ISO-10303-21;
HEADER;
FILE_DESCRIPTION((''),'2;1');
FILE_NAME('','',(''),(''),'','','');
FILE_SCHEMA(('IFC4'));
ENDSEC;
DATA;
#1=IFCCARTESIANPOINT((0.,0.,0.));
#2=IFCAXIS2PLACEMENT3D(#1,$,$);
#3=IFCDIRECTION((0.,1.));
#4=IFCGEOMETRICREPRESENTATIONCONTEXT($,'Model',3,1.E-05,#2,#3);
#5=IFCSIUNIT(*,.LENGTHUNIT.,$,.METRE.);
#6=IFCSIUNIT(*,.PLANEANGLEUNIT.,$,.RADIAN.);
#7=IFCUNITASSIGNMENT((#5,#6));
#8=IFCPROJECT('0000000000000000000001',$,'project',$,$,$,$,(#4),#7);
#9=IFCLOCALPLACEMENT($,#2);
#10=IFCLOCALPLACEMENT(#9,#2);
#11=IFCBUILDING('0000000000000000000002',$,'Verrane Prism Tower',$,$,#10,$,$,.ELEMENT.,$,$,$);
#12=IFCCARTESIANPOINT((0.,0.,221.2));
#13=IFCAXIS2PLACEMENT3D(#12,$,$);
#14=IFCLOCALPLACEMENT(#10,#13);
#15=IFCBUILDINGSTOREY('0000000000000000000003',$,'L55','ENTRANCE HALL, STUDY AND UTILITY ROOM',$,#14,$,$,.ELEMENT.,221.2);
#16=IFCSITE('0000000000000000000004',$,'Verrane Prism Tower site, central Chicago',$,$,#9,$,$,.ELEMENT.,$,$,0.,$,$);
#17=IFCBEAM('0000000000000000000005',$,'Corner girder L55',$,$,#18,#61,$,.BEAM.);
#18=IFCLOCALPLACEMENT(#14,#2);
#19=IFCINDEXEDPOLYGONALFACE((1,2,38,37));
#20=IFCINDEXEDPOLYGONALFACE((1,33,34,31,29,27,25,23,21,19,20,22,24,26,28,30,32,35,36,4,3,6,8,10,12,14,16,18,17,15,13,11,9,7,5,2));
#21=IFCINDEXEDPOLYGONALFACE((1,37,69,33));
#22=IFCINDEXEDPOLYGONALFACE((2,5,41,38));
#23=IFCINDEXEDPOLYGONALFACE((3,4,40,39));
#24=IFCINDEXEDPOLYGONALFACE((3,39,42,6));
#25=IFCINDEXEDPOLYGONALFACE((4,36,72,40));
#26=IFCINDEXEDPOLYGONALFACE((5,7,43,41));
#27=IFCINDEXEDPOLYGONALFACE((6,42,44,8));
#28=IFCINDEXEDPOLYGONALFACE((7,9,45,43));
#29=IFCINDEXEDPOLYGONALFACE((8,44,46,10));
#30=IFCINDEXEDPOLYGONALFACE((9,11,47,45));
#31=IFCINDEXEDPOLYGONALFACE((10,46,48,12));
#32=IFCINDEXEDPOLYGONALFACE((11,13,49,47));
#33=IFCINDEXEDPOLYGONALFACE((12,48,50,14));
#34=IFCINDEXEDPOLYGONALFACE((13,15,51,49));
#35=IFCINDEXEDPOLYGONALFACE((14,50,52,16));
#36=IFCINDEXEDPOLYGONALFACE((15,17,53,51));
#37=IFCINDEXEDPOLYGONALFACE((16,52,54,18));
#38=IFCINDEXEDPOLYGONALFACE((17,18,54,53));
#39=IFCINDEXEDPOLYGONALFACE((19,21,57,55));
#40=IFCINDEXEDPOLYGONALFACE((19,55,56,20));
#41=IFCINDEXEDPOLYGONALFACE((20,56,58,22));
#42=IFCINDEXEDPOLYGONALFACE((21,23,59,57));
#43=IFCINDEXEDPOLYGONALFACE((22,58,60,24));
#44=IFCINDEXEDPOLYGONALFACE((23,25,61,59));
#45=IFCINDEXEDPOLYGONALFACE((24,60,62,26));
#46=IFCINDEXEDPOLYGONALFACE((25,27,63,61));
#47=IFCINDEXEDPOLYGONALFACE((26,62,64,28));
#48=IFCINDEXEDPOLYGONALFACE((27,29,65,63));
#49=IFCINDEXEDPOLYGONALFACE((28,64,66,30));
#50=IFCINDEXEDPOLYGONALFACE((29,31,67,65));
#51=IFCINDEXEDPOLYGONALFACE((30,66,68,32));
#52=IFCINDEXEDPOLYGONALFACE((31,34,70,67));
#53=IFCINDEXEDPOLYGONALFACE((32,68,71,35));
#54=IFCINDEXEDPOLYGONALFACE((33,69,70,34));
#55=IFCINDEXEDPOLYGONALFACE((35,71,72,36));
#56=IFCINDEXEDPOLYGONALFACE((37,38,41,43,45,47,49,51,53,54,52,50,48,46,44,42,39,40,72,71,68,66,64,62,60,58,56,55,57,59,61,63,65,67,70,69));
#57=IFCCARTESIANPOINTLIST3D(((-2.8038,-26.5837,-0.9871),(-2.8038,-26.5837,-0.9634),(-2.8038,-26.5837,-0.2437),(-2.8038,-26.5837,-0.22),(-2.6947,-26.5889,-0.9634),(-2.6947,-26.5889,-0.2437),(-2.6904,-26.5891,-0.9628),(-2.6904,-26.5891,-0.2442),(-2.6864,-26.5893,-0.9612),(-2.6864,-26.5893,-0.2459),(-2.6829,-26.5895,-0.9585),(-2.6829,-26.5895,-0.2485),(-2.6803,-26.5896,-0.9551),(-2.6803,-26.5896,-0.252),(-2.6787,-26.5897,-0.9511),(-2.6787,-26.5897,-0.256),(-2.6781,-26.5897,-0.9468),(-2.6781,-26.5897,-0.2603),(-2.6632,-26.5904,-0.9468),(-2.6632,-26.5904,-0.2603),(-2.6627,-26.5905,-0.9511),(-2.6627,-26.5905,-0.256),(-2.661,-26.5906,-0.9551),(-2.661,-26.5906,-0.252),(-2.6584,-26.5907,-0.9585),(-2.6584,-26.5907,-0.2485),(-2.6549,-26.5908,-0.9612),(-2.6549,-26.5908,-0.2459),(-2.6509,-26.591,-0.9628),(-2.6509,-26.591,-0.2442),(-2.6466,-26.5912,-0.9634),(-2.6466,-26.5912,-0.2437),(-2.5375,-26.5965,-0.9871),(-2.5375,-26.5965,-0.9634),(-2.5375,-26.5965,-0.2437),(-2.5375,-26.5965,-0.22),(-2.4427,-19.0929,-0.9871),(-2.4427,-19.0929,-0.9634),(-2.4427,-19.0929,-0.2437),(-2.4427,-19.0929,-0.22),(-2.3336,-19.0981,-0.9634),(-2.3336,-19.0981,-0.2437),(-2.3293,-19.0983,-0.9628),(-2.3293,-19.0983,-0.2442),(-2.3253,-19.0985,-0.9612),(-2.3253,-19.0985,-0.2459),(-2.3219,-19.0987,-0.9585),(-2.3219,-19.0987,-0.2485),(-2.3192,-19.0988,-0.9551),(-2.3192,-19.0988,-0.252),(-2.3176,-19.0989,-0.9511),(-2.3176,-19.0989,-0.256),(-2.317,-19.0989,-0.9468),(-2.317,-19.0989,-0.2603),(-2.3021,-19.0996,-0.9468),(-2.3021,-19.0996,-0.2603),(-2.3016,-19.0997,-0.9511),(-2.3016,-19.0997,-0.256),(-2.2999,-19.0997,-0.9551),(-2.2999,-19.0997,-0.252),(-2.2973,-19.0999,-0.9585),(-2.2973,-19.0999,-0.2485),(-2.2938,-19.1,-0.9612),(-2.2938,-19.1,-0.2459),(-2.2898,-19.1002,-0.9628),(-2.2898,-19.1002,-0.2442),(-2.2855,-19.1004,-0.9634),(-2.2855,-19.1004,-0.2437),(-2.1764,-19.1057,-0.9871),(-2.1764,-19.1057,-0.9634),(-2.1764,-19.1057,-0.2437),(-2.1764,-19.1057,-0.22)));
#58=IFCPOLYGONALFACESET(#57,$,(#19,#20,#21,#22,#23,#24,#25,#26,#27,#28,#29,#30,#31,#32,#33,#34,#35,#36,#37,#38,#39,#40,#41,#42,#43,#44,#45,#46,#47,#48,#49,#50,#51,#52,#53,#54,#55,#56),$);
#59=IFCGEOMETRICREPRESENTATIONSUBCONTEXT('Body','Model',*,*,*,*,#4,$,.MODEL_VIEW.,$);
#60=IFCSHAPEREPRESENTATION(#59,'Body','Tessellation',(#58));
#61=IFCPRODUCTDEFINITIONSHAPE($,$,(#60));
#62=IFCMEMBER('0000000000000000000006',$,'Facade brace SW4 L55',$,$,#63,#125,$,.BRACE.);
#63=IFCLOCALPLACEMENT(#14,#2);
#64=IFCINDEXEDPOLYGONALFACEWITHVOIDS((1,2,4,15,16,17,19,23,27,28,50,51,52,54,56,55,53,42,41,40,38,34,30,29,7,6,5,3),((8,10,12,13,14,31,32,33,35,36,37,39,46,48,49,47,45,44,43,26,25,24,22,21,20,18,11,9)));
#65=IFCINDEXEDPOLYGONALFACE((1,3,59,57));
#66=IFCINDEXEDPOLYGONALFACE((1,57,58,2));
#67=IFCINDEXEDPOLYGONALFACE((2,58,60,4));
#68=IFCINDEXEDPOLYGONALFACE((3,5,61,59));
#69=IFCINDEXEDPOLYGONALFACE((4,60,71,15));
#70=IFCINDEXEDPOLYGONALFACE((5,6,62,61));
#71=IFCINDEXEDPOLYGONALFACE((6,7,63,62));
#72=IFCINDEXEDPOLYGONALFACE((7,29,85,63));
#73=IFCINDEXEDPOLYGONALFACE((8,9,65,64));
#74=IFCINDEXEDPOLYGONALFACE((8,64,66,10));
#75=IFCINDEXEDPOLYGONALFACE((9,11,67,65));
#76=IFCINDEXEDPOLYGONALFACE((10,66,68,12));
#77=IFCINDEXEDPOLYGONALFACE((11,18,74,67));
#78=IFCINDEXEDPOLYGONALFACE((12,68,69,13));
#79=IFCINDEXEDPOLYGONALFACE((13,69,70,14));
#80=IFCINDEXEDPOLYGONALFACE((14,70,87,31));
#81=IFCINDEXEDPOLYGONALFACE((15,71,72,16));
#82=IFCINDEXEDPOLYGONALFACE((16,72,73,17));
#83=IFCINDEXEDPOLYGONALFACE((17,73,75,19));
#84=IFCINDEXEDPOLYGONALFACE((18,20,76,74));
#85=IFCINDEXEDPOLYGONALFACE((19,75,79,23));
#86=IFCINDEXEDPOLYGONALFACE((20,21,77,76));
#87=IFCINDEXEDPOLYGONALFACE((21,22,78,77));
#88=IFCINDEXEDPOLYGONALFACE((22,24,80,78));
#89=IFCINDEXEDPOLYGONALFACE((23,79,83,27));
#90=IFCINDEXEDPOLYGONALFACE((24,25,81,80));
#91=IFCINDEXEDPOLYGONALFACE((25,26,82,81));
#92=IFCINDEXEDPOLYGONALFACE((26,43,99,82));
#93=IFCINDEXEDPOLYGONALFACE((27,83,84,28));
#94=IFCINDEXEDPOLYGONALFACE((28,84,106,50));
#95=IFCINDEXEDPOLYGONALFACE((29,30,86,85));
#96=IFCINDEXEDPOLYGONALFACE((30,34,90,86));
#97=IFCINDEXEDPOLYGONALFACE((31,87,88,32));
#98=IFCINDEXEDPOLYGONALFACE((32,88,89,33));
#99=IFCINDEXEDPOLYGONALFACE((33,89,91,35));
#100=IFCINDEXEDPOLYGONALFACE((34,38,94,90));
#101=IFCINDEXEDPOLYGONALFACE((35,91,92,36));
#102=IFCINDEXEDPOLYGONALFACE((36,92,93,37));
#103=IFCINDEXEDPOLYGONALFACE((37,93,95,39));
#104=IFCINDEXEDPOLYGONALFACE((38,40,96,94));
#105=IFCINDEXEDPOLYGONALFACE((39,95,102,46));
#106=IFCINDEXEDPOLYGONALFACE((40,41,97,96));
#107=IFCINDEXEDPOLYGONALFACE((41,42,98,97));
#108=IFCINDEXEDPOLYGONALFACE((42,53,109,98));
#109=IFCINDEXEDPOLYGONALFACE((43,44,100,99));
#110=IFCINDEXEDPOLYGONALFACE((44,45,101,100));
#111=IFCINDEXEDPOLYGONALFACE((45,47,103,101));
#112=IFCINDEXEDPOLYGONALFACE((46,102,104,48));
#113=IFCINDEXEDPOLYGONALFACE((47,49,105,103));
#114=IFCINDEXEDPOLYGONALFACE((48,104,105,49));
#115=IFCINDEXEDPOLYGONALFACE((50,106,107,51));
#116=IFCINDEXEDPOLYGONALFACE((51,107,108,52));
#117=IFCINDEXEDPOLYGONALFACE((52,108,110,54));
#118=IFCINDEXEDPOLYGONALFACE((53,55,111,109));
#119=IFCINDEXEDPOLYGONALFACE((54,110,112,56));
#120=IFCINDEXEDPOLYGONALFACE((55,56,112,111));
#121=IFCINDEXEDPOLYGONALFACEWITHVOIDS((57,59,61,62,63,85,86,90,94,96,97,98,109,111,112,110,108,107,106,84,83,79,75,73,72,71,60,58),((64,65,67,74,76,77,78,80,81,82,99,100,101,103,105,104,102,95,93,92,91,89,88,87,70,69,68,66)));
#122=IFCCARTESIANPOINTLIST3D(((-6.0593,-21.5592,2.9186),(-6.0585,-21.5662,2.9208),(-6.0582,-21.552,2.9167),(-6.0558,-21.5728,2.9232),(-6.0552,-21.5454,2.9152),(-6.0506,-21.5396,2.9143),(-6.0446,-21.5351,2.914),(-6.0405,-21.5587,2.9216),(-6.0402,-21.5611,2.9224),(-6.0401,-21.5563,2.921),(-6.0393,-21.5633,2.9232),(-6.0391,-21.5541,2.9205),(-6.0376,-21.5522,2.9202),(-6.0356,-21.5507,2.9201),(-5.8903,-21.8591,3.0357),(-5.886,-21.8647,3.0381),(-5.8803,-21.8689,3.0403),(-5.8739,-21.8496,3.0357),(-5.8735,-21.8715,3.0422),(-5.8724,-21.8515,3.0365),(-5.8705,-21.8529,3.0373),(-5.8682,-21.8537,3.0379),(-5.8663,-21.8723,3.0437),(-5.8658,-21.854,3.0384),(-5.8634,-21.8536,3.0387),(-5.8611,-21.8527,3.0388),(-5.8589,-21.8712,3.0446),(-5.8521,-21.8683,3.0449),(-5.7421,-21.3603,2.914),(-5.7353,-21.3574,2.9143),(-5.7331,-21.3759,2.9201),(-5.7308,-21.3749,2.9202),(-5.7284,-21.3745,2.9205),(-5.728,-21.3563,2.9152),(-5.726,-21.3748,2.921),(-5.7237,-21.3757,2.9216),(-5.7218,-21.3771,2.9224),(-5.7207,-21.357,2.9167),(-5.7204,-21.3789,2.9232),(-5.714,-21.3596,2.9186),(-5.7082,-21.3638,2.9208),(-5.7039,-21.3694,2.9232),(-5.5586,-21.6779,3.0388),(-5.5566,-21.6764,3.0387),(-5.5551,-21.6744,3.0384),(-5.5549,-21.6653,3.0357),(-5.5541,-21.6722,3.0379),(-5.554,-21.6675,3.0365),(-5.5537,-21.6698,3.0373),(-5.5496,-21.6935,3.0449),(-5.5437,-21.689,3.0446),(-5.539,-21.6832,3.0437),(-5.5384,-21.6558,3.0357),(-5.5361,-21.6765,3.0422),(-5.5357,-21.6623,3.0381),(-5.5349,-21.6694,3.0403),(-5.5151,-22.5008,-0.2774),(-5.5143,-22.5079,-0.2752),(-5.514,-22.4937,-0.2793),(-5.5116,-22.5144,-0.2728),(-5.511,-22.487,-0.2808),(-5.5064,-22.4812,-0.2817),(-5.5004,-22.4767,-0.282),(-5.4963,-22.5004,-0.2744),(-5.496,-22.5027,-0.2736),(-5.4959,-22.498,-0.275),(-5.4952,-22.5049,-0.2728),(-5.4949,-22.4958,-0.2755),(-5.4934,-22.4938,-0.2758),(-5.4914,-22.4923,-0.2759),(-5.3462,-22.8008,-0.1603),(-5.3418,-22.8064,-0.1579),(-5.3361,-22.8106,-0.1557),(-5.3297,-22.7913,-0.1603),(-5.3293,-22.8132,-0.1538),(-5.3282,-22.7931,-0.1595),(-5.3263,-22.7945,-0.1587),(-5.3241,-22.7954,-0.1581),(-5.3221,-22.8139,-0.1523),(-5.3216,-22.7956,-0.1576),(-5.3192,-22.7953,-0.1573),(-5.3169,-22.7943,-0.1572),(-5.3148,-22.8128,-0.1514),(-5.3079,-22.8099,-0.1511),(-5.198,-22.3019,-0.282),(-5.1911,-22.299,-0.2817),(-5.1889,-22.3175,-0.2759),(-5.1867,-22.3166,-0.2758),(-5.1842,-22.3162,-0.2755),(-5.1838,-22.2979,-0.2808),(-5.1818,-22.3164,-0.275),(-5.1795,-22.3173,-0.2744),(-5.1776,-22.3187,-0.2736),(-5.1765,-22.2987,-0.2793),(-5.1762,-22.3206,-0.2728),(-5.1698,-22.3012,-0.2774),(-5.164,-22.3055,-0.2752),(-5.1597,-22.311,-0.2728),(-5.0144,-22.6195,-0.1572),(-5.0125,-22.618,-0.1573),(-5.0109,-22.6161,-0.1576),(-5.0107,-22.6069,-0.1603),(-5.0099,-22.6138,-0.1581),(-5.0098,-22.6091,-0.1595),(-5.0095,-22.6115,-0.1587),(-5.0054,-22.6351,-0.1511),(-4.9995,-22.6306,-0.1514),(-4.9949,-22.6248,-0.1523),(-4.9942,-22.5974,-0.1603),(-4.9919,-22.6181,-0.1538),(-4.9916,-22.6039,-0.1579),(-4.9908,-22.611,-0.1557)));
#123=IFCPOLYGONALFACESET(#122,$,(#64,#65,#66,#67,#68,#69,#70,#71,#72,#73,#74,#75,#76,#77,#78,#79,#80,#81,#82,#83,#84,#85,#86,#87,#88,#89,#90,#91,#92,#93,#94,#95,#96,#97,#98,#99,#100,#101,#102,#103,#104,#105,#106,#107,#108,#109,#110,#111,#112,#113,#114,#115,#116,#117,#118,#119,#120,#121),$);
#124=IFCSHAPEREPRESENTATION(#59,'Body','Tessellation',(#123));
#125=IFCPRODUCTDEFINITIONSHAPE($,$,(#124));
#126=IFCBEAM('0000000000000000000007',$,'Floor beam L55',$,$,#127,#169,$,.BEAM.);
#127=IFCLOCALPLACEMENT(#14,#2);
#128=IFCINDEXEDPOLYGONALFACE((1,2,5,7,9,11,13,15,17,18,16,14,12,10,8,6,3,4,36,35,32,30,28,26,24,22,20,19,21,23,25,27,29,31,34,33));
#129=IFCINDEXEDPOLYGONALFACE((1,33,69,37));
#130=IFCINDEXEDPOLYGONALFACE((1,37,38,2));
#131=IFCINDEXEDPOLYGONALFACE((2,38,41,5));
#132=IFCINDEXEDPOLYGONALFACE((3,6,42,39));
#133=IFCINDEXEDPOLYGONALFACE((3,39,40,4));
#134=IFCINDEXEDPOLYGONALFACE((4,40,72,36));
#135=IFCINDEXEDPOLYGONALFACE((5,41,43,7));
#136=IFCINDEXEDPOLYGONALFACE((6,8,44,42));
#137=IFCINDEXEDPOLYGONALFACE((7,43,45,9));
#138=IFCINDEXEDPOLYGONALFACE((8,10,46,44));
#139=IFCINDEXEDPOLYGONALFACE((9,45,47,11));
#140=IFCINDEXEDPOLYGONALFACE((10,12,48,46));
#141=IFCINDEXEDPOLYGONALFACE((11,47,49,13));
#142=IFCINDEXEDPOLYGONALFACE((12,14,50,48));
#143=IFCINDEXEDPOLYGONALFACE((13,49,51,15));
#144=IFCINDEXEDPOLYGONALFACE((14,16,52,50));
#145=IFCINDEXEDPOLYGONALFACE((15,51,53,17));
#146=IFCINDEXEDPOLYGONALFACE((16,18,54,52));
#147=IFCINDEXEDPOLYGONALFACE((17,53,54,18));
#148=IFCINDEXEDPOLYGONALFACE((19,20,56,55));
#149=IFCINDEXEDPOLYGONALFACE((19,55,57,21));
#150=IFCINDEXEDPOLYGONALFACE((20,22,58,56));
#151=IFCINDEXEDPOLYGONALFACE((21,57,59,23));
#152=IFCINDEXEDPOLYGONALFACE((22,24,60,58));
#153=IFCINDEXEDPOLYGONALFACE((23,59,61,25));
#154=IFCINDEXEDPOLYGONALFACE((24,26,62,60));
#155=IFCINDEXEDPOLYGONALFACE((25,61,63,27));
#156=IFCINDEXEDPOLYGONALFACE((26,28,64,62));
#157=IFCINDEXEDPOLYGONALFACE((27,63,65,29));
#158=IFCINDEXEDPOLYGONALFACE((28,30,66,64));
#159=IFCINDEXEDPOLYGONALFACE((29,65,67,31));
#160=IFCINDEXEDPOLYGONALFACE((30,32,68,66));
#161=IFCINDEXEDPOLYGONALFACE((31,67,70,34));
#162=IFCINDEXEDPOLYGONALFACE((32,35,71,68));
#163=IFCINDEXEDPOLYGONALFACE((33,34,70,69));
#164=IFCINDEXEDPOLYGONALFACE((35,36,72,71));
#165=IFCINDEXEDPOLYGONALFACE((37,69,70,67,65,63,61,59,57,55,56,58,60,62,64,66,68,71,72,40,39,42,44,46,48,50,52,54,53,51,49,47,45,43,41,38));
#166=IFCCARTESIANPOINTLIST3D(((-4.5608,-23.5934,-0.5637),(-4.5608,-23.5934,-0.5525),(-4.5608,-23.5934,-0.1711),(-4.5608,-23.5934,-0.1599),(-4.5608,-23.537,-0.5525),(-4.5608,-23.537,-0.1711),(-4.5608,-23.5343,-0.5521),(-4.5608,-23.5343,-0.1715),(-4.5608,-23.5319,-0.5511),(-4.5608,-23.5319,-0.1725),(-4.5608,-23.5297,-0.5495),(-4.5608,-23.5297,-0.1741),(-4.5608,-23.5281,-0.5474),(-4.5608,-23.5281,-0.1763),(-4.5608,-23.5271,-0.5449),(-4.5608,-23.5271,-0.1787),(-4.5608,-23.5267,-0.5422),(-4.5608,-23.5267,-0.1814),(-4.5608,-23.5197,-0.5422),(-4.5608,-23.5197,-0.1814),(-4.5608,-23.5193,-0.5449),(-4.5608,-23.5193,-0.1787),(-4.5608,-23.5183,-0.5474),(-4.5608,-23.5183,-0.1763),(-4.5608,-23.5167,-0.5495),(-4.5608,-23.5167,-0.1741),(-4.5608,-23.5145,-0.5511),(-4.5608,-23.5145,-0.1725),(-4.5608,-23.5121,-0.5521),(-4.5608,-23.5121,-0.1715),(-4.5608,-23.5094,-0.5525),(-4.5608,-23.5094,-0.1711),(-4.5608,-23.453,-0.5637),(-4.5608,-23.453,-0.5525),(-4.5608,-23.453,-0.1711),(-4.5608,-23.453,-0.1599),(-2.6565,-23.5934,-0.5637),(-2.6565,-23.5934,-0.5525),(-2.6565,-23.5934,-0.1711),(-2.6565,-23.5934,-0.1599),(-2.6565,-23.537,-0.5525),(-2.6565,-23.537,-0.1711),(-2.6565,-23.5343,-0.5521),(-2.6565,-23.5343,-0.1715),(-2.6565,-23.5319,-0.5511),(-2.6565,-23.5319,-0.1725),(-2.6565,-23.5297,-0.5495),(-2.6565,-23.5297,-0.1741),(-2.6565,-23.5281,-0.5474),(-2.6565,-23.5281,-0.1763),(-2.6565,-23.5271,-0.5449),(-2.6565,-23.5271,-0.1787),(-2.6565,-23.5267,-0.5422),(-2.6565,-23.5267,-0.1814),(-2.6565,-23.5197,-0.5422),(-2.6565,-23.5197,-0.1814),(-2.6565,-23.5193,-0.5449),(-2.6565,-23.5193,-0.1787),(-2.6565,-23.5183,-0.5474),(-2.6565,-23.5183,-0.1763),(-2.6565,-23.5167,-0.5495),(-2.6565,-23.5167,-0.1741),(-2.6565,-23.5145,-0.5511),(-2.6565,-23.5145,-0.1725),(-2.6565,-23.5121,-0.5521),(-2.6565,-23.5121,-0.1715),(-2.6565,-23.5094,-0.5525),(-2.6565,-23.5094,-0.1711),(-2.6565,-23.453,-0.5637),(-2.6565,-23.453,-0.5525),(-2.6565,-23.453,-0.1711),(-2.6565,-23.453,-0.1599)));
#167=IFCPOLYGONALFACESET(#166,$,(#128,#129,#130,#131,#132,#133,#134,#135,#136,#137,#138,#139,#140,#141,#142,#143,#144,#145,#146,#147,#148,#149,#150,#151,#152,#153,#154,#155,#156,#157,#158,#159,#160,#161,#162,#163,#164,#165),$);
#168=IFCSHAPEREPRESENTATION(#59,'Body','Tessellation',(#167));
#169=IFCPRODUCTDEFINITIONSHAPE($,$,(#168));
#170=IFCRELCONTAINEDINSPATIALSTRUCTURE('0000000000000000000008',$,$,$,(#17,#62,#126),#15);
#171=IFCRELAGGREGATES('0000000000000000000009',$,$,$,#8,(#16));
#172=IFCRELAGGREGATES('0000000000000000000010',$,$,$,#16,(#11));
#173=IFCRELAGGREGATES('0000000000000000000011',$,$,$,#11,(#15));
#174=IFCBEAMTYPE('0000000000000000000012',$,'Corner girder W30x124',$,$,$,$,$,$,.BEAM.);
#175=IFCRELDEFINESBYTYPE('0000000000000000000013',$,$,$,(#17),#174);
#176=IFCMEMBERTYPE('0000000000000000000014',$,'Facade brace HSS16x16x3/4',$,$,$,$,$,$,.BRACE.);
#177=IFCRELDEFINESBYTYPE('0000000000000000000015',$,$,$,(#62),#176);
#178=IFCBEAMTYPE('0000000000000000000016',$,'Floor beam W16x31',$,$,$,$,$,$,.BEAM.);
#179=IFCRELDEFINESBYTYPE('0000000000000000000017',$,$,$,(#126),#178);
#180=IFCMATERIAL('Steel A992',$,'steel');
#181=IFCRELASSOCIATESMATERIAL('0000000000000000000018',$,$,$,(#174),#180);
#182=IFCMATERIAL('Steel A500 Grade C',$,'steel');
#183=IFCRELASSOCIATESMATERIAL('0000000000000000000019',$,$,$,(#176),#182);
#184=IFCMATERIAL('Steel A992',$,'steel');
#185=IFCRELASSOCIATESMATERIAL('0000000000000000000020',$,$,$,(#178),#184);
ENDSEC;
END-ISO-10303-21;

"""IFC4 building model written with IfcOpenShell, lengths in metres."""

from ifc_helpers import new_model, si_unit, direction, frame, origin, origin_2d, place, context, subcontext, project, spatial, hollow_rectangle, i_section, extrude, material, material_profile, profile_set, type_object, element, save


model = new_model("IFC4")

# Units and contexts
model_context = context("Model", 3, precision=1e-05, world=origin(), true_north=direction((0.0, 1.0)))
body_context = subcontext(model_context, "Body", "Model", "MODEL_VIEW")
ifc_project = project(units=[si_unit("LENGTHUNIT", "METRE"), si_unit("PLANEANGLEUNIT", "RADIAN")], contexts=[model_context])

# Site, building, storey
site_placement = place(None, origin())
site = spatial("IfcSite", under=ifc_project, at=site_placement, Name="Verrane Prism Tower site, central Chicago", CompositionType="ELEMENT", RefElevation=0.0)
building_placement = place(site_placement, origin())
building = spatial("IfcBuilding", under=site, at=building_placement, Name="Verrane Prism Tower", CompositionType="ELEMENT")
storey_placement = place(building_placement, frame((0.0, 0.0, 221.2)))
storey = spatial("IfcBuildingStorey", under=building, at=storey_placement, Name="L55", Description="ENTRANCE HALL, STUDY AND UTILITY ROOM", CompositionType="ELEMENT", Elevation=221.2)

# Beam
ifc_material_1 = material(Name="Steel A992", Category="steel")
ifc_material_profile_1 = material_profile(ifc_material_1, i_section(OverallWidth=0.2666, OverallDepth=0.7671, WebThickness=0.0149, FlangeThickness=0.0237, FilletRadius=0.0166, at=origin_2d()), Name="W30x124")
ifc_profile_set_1 = profile_set([ifc_material_profile_1], Name="Steel A992")
beam_type_1 = type_object("IfcBeamType", Name="Corner girder W30x124", PredefinedType="BEAM", material=ifc_profile_set_1)
beam_1_placement = place(storey_placement, frame((-2.6707, -26.5901, -0.6035), z_axis=(0.048148, 0.99884, 0.0), x_axis=(-0.99884, 0.048148, 0.0)))
element("IfcBeam", 1, at=beam_1_placement, inside=storey, type_object=beam_type_1, Name="Corner girder L55", PredefinedType="BEAM", context=body_context, shape_type="SweptSolid", body=[
    extrude(i_section(OverallWidth=0.2666, OverallDepth=0.7671, WebThickness=0.0149, FlangeThickness=0.0237, FilletRadius=0.0166, at=origin_2d()), origin(), (0.0, 0.0, 1.0), 7.4995),
])

# Member
ifc_material_2 = material(Name="Steel A500 Grade C", Category="steel")
ifc_material_profile_2 = material_profile(ifc_material_2, hollow_rectangle(XDim=0.4065, YDim=0.4065, WallThickness=0.019, InnerFilletRadius=0.0095, OuterFilletRadius=0.0286, at=origin_2d()), Name="HSS16x16x3/4")
ifc_profile_set_2 = profile_set([ifc_material_profile_2], Name="Steel A500 Grade C")
member_type_1 = type_object("IfcMemberType", Name="Facade brace HSS16x16x3/4", PredefinedType="BRACE", material=ifc_profile_set_2)
member_1_placement = place(storey_placement, frame((-5.2529, -22.5559, -0.2166), z_axis=(-0.161192, 0.278923, 0.946689), x_axis=(-0.865815, -0.500364, 0.0)))
element("IfcMember", 2, at=member_1_placement, inside=storey, type_object=member_type_1, Name="Facade brace SW4 L55", PredefinedType="BRACE", context=body_context, shape_type="SweptSolid", body=[
    extrude(hollow_rectangle(XDim=0.4065, YDim=0.4065, WallThickness=0.019, InnerFilletRadius=0.0095, OuterFilletRadius=0.0286, at=origin_2d()), origin(), (0.0, 0.0, 1.0), 3.376),
])

# Beam
ifc_material_3 = material(Name="Steel A992", Category="steel")
ifc_material_profile_3 = material_profile(ifc_material_3, i_section(OverallWidth=0.1404, OverallDepth=0.4038, WebThickness=0.0071, FlangeThickness=0.0112, FilletRadius=0.0103, at=origin_2d()), Name="W16x31")
ifc_profile_set_3 = profile_set([ifc_material_profile_3], Name="Steel A992")
beam_type_2 = type_object("IfcBeamType", Name="Floor beam W16x31", PredefinedType="BEAM", material=ifc_profile_set_3)
beam_2_placement = place(storey_placement, frame((-4.5608, -23.5232, -0.3618), z_axis=(1.0, 0.0, 0.0), x_axis=(0.0, 1.0, 0.0)))
element("IfcBeam", 3, at=beam_2_placement, inside=storey, type_object=beam_type_2, Name="Floor beam L55", PredefinedType="BEAM", context=body_context, shape_type="SweptSolid", body=[
    extrude(i_section(OverallWidth=0.1404, OverallDepth=0.4038, WebThickness=0.0071, FlangeThickness=0.0112, FilletRadius=0.0103, at=origin_2d()), origin(), (0.0, 0.0, 1.0), 1.9043),
])

save(model, "model.ifc")
